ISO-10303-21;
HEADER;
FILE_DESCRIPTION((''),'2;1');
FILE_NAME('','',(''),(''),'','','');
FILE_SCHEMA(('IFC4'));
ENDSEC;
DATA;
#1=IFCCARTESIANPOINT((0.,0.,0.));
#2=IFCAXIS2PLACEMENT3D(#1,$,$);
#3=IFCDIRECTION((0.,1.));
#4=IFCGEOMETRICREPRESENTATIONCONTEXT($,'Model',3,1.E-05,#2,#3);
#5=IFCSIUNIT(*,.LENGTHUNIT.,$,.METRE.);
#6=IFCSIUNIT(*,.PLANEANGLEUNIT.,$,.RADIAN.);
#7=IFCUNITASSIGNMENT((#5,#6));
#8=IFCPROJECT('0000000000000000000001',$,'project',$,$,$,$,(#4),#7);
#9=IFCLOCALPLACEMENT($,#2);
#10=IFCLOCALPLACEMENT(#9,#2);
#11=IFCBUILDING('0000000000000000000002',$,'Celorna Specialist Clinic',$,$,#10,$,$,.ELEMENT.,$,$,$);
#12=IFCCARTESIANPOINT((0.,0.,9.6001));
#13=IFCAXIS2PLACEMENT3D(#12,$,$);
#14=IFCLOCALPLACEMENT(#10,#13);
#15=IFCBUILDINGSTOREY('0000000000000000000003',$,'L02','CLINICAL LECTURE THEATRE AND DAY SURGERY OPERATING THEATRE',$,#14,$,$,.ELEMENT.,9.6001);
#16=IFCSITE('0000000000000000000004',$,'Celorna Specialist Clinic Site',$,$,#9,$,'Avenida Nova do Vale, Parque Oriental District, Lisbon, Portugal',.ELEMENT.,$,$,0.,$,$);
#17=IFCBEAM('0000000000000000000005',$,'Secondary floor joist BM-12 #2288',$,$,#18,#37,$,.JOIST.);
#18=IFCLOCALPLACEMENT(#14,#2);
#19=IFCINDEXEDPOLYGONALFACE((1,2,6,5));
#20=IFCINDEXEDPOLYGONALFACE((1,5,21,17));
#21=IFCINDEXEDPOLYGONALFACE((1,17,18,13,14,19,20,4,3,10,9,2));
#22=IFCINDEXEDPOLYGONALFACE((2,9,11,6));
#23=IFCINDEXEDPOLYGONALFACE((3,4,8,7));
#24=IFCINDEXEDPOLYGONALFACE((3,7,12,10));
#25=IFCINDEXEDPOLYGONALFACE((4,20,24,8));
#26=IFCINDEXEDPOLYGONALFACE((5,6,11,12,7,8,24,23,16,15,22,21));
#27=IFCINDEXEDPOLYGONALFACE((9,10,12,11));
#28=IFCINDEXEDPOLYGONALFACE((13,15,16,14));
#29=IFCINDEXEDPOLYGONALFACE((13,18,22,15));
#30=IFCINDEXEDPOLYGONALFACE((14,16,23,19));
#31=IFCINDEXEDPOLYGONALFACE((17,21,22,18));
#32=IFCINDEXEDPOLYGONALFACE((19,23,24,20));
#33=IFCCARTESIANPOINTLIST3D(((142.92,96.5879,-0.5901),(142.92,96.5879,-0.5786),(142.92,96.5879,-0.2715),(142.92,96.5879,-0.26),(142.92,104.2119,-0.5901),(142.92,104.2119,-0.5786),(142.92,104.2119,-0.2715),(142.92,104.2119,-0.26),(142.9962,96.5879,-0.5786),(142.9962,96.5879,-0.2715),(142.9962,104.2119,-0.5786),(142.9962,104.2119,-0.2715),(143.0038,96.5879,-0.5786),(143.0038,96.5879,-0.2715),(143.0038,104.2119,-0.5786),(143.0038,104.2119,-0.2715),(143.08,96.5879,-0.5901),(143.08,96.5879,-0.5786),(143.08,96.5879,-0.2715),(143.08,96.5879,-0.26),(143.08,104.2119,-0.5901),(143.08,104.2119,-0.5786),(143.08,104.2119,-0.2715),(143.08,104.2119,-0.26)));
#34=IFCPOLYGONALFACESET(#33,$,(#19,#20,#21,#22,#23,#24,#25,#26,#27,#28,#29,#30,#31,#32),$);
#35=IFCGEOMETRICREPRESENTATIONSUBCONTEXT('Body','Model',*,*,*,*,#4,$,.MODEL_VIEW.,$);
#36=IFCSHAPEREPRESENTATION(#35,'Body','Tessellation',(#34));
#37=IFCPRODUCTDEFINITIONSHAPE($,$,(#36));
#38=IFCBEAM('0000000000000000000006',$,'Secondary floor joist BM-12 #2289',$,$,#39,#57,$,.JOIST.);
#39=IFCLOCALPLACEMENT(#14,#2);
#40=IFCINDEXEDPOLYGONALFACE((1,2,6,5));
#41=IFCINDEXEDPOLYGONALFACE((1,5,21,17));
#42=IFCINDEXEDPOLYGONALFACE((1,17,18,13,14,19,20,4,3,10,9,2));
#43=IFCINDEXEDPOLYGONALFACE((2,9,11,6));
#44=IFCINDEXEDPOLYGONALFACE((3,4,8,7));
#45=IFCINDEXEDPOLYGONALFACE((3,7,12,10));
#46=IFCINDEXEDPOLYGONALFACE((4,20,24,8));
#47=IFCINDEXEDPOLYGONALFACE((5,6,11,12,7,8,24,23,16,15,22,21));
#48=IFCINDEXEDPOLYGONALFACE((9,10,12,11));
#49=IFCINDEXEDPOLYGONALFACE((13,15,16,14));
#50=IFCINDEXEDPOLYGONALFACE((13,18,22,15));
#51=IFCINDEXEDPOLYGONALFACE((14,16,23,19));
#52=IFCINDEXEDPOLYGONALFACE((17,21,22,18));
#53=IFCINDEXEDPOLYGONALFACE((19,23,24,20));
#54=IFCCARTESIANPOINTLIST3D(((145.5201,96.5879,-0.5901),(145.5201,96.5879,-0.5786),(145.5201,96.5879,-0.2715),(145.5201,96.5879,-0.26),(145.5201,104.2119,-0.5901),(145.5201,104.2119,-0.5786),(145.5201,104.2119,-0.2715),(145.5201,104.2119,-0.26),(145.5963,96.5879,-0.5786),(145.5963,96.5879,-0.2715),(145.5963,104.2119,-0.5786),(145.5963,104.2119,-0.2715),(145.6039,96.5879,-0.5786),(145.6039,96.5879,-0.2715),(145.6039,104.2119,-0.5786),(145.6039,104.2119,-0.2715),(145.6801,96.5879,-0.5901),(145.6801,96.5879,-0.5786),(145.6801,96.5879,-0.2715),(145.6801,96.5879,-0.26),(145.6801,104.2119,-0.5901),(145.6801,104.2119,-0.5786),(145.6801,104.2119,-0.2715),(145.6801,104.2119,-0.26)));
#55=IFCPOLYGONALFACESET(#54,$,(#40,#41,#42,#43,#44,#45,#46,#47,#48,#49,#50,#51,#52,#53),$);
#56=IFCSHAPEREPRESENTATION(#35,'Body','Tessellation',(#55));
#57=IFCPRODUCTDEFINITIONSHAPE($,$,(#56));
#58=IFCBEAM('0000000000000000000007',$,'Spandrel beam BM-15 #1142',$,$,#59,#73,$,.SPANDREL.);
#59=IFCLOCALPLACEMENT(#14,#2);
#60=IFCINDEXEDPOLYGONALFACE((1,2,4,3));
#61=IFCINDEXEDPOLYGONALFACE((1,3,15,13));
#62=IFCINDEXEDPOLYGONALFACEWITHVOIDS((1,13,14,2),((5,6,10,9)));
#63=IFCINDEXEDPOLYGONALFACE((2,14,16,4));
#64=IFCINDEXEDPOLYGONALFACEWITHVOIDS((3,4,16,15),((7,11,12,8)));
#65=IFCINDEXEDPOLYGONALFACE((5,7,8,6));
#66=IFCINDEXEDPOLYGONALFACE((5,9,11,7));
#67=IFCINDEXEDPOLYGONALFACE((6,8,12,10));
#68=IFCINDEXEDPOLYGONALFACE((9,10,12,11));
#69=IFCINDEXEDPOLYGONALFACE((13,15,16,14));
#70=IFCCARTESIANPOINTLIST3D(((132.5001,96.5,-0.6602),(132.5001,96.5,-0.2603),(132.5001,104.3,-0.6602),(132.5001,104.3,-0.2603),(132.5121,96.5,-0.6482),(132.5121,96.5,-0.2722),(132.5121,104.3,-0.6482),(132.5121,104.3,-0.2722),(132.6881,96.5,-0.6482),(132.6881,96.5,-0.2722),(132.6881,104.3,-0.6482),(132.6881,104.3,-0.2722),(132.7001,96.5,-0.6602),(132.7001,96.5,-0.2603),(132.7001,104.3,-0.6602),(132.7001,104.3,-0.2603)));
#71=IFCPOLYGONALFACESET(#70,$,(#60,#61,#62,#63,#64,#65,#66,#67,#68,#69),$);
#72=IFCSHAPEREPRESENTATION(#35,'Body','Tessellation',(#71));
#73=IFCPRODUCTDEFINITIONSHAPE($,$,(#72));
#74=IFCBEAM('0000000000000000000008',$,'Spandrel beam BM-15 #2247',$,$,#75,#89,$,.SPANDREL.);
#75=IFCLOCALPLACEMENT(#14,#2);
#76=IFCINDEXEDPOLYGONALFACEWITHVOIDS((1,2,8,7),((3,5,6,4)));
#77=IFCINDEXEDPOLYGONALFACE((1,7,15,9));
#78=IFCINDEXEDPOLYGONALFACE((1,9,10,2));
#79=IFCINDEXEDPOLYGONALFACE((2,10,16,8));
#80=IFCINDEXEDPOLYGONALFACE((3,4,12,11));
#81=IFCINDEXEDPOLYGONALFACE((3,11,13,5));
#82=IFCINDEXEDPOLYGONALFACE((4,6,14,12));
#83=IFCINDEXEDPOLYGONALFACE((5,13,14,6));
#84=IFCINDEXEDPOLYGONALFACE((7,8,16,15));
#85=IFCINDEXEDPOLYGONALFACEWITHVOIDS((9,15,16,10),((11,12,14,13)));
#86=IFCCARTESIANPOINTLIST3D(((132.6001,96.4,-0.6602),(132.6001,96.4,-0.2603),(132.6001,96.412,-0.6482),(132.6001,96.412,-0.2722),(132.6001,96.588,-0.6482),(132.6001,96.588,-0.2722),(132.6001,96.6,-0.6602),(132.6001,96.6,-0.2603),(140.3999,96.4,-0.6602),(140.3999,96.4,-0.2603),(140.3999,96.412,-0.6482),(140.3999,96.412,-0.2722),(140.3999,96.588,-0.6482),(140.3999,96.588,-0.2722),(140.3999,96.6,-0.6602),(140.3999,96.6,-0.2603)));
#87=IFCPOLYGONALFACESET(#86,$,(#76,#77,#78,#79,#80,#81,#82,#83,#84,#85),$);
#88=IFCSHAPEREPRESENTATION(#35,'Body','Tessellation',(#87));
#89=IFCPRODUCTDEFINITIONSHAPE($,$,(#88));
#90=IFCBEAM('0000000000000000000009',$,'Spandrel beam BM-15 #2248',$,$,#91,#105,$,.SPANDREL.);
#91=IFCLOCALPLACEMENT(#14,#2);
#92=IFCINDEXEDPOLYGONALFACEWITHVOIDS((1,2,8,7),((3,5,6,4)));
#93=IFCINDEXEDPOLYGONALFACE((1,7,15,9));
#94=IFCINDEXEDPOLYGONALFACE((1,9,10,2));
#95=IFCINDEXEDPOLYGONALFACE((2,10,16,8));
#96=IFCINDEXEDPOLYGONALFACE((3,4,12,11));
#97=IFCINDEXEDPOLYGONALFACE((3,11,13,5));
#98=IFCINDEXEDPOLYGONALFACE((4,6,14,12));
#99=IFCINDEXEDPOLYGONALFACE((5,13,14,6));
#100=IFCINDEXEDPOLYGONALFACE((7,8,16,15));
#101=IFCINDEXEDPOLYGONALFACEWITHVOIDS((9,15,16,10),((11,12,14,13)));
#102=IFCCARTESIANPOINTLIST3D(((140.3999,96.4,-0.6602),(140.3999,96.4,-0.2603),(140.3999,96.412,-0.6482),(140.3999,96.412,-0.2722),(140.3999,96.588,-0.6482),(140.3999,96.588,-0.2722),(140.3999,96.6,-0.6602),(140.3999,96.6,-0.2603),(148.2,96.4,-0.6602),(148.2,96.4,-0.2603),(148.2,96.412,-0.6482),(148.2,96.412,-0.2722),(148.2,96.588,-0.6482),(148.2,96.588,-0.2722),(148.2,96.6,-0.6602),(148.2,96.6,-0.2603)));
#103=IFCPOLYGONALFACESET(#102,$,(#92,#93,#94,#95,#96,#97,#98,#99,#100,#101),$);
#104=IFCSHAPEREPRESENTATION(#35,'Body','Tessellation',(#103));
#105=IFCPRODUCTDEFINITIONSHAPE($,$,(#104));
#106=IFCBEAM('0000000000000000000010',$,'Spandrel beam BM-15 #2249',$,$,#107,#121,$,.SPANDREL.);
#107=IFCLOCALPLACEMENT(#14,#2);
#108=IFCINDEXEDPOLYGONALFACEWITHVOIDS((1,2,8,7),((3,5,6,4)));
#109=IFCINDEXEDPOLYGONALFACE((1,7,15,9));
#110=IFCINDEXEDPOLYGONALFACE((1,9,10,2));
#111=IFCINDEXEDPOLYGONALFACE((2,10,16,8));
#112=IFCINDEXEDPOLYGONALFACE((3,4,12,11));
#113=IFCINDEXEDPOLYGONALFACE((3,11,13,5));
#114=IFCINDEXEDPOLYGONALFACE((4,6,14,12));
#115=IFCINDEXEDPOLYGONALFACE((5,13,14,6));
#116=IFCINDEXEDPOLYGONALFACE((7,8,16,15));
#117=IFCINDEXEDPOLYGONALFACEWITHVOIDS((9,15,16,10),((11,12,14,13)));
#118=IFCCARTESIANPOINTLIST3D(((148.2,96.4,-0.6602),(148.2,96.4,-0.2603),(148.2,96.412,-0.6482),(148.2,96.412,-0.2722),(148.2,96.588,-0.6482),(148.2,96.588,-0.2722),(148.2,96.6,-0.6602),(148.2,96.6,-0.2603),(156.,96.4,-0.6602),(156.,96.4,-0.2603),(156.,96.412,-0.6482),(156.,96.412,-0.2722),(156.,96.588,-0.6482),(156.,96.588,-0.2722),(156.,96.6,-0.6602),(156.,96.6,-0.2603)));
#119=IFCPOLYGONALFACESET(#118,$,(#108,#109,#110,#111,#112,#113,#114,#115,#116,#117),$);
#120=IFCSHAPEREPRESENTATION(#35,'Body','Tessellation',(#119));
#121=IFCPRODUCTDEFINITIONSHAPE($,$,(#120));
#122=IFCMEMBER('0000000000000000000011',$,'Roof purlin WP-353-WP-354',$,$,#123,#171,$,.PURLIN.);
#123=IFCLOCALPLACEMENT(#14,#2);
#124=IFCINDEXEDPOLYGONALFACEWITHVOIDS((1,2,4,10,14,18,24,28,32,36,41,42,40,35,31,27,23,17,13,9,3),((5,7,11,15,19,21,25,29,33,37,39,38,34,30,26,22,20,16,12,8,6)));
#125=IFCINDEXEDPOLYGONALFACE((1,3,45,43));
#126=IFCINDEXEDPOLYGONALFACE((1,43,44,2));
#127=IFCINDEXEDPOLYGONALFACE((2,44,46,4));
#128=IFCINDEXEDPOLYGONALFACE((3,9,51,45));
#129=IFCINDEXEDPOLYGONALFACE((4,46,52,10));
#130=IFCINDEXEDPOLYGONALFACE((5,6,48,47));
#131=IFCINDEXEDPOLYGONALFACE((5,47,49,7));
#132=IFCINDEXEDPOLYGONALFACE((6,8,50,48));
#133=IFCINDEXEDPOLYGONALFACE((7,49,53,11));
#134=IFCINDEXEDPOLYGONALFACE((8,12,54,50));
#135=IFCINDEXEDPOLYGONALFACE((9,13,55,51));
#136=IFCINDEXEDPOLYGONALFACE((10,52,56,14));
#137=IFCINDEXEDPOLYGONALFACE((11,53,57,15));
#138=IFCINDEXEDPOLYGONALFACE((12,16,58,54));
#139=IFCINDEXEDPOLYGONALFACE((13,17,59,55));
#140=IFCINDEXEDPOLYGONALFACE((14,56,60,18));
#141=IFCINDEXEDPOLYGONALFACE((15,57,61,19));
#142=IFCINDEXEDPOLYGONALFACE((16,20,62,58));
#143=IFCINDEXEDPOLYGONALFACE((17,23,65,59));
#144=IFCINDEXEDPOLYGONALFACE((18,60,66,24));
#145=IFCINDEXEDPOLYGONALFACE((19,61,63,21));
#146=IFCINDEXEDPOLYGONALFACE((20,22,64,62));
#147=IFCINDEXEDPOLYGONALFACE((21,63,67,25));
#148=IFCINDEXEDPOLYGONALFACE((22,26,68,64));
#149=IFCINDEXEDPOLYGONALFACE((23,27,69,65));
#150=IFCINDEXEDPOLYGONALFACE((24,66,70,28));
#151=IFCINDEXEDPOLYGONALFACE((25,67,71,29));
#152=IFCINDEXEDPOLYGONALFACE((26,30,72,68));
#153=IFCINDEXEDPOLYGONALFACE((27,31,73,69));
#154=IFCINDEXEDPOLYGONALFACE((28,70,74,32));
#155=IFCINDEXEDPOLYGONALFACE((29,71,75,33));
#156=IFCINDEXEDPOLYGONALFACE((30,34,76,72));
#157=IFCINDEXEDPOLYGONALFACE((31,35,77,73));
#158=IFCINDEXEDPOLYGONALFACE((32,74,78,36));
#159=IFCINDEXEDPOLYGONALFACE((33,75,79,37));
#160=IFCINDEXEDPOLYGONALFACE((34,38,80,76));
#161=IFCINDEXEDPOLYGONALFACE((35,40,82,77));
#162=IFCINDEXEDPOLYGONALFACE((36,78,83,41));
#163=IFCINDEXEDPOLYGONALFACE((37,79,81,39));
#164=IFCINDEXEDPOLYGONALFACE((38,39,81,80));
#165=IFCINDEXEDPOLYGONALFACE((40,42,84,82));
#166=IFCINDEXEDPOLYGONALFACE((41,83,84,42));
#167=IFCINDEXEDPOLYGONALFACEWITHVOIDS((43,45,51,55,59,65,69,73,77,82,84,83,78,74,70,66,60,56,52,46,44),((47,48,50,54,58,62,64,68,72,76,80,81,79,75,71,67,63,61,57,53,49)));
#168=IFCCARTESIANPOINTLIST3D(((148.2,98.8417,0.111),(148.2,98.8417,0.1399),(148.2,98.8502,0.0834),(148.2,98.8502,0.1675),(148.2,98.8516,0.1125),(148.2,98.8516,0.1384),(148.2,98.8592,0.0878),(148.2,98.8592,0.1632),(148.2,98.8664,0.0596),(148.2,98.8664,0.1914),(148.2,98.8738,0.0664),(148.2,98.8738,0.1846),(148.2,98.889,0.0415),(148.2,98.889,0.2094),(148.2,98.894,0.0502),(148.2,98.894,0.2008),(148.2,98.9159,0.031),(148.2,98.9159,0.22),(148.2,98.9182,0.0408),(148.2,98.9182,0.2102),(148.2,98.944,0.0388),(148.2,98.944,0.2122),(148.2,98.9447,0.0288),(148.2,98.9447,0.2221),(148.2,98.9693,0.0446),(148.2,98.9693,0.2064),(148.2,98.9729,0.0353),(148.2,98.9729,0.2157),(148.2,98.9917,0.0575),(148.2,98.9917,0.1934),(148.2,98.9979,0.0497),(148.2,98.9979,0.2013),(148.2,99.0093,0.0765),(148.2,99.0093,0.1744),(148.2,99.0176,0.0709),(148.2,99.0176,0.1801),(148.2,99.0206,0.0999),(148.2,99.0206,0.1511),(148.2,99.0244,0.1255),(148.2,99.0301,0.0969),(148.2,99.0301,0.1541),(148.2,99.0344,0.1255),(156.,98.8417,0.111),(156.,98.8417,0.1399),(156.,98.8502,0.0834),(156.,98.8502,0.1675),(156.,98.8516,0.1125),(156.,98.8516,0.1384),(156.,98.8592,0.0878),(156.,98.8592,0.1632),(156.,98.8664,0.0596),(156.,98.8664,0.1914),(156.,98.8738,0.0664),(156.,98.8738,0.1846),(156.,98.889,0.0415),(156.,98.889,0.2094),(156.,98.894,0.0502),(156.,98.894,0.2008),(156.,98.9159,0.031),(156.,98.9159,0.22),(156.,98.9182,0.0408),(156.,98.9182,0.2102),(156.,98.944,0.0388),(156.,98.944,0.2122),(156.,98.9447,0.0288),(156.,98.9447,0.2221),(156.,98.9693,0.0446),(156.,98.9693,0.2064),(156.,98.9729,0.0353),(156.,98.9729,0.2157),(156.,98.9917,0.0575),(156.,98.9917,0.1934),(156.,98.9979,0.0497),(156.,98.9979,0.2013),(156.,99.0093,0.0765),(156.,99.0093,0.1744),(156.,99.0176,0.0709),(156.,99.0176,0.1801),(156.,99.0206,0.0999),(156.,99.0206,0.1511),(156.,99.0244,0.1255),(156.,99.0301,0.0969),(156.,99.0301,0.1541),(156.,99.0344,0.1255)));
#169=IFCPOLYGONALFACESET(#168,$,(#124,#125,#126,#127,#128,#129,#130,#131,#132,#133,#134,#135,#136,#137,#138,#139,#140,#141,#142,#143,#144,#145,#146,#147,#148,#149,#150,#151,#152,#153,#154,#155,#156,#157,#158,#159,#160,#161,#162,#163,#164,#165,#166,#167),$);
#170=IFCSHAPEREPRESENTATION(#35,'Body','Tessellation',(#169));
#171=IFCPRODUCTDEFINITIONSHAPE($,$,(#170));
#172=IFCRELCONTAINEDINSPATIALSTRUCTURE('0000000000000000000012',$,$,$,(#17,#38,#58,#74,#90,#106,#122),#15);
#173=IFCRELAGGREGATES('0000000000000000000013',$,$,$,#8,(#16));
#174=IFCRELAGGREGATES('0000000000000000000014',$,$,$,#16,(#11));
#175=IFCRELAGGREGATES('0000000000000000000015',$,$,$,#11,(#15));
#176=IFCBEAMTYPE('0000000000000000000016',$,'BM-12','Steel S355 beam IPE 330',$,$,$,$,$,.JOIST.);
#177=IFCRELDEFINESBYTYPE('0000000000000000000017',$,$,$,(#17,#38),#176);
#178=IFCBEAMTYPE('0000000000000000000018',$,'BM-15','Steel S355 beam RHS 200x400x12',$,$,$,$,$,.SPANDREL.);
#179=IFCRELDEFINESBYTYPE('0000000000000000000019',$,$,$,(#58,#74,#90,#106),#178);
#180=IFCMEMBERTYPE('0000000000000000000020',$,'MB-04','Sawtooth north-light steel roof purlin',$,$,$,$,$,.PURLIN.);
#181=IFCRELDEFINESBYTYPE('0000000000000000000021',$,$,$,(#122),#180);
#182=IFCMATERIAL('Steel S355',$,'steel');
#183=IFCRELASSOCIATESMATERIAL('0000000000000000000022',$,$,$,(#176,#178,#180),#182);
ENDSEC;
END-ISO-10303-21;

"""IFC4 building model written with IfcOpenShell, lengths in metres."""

from ifc_helpers import new_model, si_unit, direction, frame, origin, origin_2d, place, context, subcontext, project, spatial, hollow_rectangle, hollow_circle, i_section, extrude, material, material_profile, profile_set, type_object, element, save


model = new_model("IFC4")

# Units and contexts
model_context = context("Model", 3, precision=1e-05, world=origin(), true_north=direction((0.0, 1.0)))
body_context = subcontext(model_context, "Body", "Model", "MODEL_VIEW")
ifc_project = project(units=[si_unit("LENGTHUNIT", "METRE"), si_unit("PLANEANGLEUNIT", "RADIAN")], contexts=[model_context])

# Site, building, storey
site_placement = place(None, origin())
site = spatial("IfcSite", under=ifc_project, at=site_placement, Name="Celorna Specialist Clinic Site", LongName="Avenida Nova do Vale, Parque Oriental District, Lisbon, Portugal", CompositionType="ELEMENT", RefElevation=0.0)
building_placement = place(site_placement, origin())
building = spatial("IfcBuilding", under=site, at=building_placement, Name="Celorna Specialist Clinic", CompositionType="ELEMENT")
storey_placement = place(building_placement, frame((0.0, 0.0, 9.6001)))
storey = spatial("IfcBuildingStorey", under=building, at=storey_placement, Name="L02", Description="CLINICAL LECTURE THEATRE AND DAY SURGERY OPERATING THEATRE", CompositionType="ELEMENT", Elevation=9.6001)

# Beams
ifc_material_1 = material(Name="Steel S355", Category="steel")
ifc_material_profile_1 = material_profile(ifc_material_1, i_section(OverallWidth=0.1599, OverallDepth=0.3301, WebThickness=0.0076, FlangeThickness=0.0115, at=origin_2d()), Name="IPE 330")
ifc_profile_set_1 = profile_set([ifc_material_profile_1], Name="Steel S355")
beam_type_1 = type_object("IfcBeamType", Name="BM-12", Description="Steel S355 beam IPE 330", PredefinedType="JOIST", material=ifc_profile_set_1)
for number, where, z_axis, x_axis, name in (
    (1, (143.0, 96.5879, -0.425), (0.0, 1.0, 0.0), (-1.0, 0.0, 0.0), "Secondary floor joist BM-12 #2288"),
    (2, (145.6001, 96.5879, -0.425), (0.0, 1.0, 0.0), (-1.0, 0.0, 0.0), "Secondary floor joist BM-12 #2289"),
):
    element("IfcBeam", number, at=place(storey_placement, frame(where, z_axis=z_axis, x_axis=x_axis)), inside=storey, type_object=beam_type_1, Name=name, PredefinedType="JOIST", context=body_context, shape_type="SweptSolid", body=[
        extrude(i_section(OverallWidth=0.1599, OverallDepth=0.3301, WebThickness=0.0076, FlangeThickness=0.0115, at=origin_2d()), origin(), (0.0, 0.0, 1.0), 7.624),
    ])
ifc_material_profile_2 = material_profile(ifc_material_1, hollow_rectangle(XDim=0.2, YDim=0.3999, WallThickness=0.012, at=origin_2d()), Name="RHS 200x400x12")
ifc_profile_set_2 = profile_set([ifc_material_profile_2], Name="Steel S355")
beam_type_2 = type_object("IfcBeamType", Name="BM-15", Description="Steel S355 beam RHS 200x400x12", PredefinedType="SPANDREL", material=ifc_profile_set_2)
beam_1_placement = place(storey_placement, frame((132.6001, 96.5, -0.4602), z_axis=(0.0, 1.0, 0.0), x_axis=(-1.0, 0.0, 0.0)))
element("IfcBeam", 3, at=beam_1_placement, inside=storey, type_object=beam_type_2, Name="Spandrel beam BM-15 #1142", PredefinedType="SPANDREL", context=body_context, shape_type="SweptSolid", body=[
    extrude(hollow_rectangle(XDim=0.2, YDim=0.3999, WallThickness=0.012, at=origin_2d()), origin(), (0.0, 0.0, 1.0), 7.8),
])
beam_2_placement = place(storey_placement, frame((132.6001, 96.5, -0.4602), z_axis=(1.0, 0.0, 0.0), x_axis=(0.0, 1.0, 0.0)))
element("IfcBeam", 4, at=beam_2_placement, inside=storey, type_object=beam_type_2, Name="Spandrel beam BM-15 #2247", PredefinedType="SPANDREL", context=body_context, shape_type="SweptSolid", body=[
    extrude(hollow_rectangle(XDim=0.2, YDim=0.3999, WallThickness=0.012, at=origin_2d()), origin(), (0.0, 0.0, 1.0), 7.7998),
])
for number, where, z_axis, x_axis, name in (
    (5, (140.3999, 96.5, -0.4602), (1.0, 0.0, 0.0), (0.0, 1.0, 0.0), "Spandrel beam BM-15 #2248"),
    (6, (148.2, 96.5, -0.4602), (1.0, 0.0, 0.0), (0.0, 1.0, 0.0), "Spandrel beam BM-15 #2249"),
):
    element("IfcBeam", number, at=place(storey_placement, frame(where, z_axis=z_axis, x_axis=x_axis)), inside=storey, type_object=beam_type_2, Name=name, PredefinedType="SPANDREL", context=body_context, shape_type="SweptSolid", body=[
        extrude(hollow_rectangle(XDim=0.2, YDim=0.3999, WallThickness=0.012, at=origin_2d()), origin(), (0.0, 0.0, 1.0), 7.8),
    ])

# Member
ifc_material_profile_3 = material_profile(ifc_material_1, hollow_circle(Radius=0.0969, WallThickness=0.01, at=origin_2d()), Name="CHS 193.7x10")
ifc_profile_set_3 = profile_set([ifc_material_profile_3], Name="Steel S355")
member_type_1 = type_object("IfcMemberType", Name="MB-04", Description="Sawtooth north-light steel roof purlin", PredefinedType="PURLIN", material=ifc_profile_set_3)
for number, where, z_axis, x_axis, name in (
    (7, (148.2, 98.9375, 0.1255), (1.0, 0.0, 0.0), (0.0, 1.0, 0.0), "Roof purlin WP-353-WP-354"),
):
    element("IfcMember", number, at=place(storey_placement, frame(where, z_axis=z_axis, x_axis=x_axis)), inside=storey, type_object=member_type_1, Name=name, PredefinedType="PURLIN", context=body_context, shape_type="SweptSolid", body=[
        extrude(hollow_circle(Radius=0.0969, WallThickness=0.01, at=origin_2d()), origin(), (0.0, 0.0, 1.0), 7.8),
    ])

save(model, "model.ifc")
